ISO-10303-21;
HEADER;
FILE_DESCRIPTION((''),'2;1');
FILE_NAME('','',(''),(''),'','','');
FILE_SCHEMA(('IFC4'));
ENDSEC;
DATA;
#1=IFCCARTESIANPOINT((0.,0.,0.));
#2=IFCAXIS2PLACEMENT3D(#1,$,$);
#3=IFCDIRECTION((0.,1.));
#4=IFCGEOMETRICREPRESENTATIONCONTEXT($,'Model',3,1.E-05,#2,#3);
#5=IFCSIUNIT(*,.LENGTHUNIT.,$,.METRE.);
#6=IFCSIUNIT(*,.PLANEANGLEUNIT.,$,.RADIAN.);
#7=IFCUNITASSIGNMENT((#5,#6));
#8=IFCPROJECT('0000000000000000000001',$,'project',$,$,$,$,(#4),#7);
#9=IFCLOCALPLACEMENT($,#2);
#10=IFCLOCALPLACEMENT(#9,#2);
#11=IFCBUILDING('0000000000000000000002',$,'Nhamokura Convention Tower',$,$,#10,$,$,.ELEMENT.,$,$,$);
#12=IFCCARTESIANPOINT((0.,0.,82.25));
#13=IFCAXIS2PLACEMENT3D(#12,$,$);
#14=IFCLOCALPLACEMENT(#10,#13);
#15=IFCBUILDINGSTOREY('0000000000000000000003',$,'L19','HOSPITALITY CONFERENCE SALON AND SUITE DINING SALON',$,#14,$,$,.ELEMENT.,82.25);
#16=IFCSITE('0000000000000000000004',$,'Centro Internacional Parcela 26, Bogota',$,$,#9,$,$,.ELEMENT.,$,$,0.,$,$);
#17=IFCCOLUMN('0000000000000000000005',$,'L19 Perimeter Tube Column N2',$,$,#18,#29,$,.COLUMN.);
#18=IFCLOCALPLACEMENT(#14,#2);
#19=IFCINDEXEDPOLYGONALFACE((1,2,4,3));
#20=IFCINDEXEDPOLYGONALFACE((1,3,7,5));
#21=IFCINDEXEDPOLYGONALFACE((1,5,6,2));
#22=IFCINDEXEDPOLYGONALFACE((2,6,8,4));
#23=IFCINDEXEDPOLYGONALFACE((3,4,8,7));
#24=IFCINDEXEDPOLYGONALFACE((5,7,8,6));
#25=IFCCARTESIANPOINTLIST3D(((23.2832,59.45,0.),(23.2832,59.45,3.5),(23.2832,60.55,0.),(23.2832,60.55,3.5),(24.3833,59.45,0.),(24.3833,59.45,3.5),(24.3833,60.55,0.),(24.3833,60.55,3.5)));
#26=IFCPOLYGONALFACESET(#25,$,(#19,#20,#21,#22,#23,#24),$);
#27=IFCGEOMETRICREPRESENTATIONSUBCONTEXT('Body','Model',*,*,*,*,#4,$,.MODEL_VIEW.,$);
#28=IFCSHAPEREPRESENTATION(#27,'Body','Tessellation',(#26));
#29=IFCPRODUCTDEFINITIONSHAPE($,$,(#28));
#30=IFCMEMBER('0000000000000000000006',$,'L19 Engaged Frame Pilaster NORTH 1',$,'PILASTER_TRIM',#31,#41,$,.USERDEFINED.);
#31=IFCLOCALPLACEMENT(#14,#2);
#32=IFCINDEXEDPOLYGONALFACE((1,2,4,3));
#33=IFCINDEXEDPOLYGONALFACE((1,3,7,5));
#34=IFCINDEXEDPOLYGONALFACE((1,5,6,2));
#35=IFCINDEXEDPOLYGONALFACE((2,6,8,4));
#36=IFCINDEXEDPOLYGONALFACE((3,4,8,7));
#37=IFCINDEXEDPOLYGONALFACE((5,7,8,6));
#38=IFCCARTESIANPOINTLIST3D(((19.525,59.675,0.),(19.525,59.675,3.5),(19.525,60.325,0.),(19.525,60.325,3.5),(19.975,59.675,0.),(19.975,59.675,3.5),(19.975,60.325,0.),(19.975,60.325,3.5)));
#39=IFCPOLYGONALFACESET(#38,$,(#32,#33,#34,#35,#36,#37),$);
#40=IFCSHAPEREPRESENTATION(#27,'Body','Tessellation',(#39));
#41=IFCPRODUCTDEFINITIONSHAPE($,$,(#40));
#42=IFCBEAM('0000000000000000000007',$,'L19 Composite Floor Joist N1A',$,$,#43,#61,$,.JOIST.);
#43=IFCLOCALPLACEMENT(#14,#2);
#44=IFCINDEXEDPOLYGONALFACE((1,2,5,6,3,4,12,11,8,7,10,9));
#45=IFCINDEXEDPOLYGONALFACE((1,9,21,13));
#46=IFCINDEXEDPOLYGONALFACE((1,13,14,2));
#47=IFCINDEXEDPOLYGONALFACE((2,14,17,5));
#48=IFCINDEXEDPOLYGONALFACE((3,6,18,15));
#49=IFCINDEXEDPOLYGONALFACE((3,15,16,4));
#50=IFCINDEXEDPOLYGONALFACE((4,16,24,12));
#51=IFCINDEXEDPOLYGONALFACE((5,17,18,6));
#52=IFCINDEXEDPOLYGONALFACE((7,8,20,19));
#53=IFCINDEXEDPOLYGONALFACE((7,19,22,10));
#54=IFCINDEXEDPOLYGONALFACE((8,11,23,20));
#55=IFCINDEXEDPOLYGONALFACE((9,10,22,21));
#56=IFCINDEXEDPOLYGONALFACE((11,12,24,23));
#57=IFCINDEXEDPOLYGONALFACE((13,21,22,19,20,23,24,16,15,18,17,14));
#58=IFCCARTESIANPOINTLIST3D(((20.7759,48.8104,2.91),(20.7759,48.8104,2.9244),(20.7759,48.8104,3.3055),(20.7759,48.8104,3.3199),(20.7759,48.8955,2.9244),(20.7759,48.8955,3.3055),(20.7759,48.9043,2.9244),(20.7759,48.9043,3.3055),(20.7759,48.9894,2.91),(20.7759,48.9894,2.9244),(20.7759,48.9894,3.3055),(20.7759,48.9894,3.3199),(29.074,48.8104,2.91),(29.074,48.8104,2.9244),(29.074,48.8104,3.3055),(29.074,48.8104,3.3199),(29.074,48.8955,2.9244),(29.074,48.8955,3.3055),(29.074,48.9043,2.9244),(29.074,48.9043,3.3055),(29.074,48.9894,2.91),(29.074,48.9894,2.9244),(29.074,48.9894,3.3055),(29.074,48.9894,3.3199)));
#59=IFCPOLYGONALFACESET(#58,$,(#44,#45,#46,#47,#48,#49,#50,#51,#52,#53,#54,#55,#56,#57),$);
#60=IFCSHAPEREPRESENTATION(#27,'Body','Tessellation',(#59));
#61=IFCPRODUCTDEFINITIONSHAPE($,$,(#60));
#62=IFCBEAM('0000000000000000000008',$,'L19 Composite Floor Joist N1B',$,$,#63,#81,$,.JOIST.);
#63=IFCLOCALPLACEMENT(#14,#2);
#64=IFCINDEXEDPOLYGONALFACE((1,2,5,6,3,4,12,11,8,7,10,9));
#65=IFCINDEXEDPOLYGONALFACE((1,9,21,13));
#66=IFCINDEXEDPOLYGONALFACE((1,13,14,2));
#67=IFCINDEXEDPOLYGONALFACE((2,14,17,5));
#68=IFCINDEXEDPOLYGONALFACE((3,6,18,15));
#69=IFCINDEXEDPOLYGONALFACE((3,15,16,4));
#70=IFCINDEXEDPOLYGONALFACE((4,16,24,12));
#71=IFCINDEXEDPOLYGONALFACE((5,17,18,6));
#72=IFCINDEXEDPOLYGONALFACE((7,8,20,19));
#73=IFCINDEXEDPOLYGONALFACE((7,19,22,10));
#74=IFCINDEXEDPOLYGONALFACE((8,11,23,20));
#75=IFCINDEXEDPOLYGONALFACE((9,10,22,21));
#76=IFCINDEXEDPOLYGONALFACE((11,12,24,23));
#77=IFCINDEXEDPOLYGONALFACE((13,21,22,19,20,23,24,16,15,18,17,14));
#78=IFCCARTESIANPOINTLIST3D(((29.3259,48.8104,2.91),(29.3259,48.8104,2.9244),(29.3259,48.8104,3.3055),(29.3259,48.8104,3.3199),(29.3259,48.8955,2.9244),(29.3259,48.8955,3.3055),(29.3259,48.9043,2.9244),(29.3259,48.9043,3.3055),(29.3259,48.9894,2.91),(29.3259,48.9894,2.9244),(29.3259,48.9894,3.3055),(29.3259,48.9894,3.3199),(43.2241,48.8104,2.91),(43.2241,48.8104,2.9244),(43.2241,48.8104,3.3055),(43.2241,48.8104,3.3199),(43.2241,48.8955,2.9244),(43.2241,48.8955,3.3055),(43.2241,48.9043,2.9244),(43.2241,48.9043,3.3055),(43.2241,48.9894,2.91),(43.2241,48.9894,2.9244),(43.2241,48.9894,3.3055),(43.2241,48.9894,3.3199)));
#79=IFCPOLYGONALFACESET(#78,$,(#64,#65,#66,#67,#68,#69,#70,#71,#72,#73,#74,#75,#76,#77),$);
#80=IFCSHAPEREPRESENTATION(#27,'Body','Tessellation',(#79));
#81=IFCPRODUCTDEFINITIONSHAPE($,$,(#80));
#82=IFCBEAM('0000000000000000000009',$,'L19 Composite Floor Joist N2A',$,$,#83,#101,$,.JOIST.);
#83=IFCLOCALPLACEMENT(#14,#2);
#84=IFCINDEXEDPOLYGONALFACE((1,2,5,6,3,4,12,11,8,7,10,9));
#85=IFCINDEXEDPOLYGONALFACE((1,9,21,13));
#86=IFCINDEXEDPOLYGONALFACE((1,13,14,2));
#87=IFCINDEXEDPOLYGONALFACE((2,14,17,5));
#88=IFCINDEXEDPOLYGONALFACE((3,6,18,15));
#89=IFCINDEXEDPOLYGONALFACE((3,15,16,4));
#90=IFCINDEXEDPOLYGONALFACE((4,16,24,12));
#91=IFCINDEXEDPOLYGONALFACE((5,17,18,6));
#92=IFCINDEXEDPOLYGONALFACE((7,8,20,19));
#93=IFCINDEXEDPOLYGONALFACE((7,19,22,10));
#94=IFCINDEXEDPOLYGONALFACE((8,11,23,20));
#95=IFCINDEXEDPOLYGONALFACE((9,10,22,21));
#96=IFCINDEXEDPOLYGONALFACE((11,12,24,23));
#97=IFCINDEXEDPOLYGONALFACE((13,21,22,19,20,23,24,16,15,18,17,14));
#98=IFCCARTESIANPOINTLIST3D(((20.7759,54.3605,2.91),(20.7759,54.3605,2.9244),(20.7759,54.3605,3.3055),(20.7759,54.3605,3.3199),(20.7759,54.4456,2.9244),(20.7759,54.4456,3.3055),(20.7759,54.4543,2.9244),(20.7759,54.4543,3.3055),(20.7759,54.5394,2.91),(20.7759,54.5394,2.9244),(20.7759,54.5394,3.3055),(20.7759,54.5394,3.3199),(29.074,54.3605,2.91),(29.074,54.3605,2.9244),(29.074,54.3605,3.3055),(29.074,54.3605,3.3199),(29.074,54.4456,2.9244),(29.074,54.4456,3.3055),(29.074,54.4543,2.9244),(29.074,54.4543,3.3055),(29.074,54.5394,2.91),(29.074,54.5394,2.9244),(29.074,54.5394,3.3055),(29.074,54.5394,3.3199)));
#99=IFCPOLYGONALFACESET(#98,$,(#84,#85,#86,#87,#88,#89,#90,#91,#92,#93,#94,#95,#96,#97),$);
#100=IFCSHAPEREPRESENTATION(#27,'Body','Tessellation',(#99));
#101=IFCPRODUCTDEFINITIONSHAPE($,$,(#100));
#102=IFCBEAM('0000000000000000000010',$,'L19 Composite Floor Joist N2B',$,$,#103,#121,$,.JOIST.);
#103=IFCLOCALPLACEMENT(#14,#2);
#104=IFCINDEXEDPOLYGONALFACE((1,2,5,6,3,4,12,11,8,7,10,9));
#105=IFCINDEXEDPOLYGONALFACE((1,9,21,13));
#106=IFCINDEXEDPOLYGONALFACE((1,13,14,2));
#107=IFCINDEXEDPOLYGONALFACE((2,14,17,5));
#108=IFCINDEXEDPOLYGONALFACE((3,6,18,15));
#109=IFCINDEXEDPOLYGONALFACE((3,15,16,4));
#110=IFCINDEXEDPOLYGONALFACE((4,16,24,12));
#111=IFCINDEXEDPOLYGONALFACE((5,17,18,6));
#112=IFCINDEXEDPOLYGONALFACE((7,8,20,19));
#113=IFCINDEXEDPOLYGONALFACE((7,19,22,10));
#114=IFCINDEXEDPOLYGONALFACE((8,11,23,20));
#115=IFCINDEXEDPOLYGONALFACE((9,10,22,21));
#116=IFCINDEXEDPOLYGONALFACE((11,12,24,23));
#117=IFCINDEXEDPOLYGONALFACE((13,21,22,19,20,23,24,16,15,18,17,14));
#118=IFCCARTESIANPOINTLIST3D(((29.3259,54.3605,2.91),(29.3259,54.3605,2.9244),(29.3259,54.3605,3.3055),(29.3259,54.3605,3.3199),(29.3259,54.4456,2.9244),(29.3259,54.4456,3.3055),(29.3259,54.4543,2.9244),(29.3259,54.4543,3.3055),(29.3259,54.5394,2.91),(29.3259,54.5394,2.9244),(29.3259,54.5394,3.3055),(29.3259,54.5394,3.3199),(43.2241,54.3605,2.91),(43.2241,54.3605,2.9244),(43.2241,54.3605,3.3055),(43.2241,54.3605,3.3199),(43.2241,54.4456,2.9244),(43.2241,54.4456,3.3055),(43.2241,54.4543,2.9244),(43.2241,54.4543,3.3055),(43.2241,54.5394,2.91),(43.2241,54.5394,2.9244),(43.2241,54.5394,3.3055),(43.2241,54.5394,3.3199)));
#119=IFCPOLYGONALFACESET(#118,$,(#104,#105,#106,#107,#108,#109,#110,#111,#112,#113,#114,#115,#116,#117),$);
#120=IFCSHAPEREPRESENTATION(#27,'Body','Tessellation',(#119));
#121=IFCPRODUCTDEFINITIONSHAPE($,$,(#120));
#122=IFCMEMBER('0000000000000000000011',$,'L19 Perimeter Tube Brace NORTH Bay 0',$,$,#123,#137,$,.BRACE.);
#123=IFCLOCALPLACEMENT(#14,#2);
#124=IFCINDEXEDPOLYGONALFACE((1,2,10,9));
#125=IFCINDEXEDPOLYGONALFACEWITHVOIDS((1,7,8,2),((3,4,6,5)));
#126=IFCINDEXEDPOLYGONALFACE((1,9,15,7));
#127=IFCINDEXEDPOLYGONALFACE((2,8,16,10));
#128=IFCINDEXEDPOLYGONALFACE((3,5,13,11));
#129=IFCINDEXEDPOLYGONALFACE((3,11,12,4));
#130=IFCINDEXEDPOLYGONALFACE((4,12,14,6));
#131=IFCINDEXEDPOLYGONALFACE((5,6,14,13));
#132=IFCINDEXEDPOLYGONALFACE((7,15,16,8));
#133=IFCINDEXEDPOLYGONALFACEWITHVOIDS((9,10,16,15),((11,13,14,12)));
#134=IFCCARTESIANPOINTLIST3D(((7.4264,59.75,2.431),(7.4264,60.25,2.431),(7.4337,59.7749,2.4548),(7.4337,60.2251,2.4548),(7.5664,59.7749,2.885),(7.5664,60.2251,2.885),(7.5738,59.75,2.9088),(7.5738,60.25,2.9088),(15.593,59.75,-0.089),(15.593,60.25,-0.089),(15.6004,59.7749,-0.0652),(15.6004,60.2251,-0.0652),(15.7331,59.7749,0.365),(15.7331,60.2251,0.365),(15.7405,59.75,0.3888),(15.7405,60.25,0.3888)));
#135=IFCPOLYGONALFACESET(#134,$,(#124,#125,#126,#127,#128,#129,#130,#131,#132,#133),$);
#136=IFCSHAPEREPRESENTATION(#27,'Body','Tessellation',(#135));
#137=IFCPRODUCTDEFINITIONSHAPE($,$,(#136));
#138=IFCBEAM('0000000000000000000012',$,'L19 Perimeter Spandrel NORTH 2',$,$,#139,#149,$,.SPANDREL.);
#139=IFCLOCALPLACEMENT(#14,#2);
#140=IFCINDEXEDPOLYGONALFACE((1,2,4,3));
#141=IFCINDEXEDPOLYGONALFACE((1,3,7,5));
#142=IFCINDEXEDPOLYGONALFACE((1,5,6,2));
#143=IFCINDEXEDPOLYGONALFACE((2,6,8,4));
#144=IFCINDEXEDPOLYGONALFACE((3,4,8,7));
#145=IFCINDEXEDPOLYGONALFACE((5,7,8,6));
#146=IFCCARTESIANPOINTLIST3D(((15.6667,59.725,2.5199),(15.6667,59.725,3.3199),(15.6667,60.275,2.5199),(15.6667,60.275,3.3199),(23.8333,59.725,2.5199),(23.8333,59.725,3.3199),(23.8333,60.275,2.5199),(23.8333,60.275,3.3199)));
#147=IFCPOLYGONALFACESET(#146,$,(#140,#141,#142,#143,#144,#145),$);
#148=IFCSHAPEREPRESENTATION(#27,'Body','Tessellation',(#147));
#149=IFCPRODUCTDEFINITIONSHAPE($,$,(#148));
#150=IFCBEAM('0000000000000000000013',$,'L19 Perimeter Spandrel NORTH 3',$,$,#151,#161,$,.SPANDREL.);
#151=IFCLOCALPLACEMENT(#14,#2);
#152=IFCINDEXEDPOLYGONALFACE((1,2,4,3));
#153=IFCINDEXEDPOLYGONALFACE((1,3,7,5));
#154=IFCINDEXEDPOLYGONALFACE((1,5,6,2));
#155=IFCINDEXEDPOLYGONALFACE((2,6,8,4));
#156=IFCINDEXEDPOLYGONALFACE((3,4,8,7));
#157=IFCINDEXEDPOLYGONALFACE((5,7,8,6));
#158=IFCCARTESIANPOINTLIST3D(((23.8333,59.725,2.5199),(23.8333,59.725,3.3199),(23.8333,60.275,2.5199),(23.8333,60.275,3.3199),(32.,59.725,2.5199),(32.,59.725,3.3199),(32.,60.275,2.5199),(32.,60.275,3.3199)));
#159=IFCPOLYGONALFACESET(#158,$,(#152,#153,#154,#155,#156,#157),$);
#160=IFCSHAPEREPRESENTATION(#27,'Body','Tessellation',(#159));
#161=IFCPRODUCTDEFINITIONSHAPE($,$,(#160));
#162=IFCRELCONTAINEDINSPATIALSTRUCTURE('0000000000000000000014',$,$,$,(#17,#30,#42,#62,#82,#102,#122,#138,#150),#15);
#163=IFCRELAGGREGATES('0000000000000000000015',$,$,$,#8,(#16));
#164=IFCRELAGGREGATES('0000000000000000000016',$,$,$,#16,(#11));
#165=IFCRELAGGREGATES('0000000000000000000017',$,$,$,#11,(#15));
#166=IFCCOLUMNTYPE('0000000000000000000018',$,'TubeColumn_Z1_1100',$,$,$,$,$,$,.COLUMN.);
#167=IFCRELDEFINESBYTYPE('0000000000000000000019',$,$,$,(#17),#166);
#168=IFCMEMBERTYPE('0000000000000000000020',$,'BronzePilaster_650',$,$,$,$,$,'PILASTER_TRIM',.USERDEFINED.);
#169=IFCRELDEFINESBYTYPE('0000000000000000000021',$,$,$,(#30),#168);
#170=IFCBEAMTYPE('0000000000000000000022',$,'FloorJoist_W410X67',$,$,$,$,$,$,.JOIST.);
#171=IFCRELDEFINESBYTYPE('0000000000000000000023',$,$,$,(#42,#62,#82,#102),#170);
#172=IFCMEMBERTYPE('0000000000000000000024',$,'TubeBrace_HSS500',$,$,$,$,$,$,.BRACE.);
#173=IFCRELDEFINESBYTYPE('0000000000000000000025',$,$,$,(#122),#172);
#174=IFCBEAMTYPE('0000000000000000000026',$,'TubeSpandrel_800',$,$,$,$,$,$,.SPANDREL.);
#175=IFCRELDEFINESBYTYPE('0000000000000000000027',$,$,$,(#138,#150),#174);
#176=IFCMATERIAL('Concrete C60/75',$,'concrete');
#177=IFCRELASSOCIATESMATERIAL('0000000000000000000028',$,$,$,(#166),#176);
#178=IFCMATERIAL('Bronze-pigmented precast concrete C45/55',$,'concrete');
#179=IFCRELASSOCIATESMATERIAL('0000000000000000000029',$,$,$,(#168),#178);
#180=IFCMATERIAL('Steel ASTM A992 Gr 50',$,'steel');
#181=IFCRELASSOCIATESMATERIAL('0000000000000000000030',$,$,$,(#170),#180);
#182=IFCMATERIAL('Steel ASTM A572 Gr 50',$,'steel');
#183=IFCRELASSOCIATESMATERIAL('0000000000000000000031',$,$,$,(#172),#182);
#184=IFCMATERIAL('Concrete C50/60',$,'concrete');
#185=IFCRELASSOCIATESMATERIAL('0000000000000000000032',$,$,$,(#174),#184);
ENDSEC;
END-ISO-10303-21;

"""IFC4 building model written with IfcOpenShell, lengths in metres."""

from ifc_helpers import new_model, si_unit, direction, frame, origin, origin_2d, place, context, subcontext, project, spatial, rectangle, hollow_rectangle, i_section, extrude, material, material_profile, profile_set, type_object, element, save


model = new_model("IFC4")

# Units and contexts
model_context = context("Model", 3, precision=1e-05, world=origin(), true_north=direction((0.0, 1.0)))
body_context = subcontext(model_context, "Body", "Model", "MODEL_VIEW")
ifc_project = project(units=[si_unit("LENGTHUNIT", "METRE"), si_unit("PLANEANGLEUNIT", "RADIAN")], contexts=[model_context])

# Site, building, storey
site_placement = place(None, origin())
site = spatial("IfcSite", under=ifc_project, at=site_placement, Name="Centro Internacional Parcela 26, Bogota", CompositionType="ELEMENT", RefElevation=0.0)
building_placement = place(site_placement, origin())
building = spatial("IfcBuilding", under=site, at=building_placement, Name="Nhamokura Convention Tower", CompositionType="ELEMENT")
storey_placement = place(building_placement, frame((0.0, 0.0, 82.25)))
storey = spatial("IfcBuildingStorey", under=building, at=storey_placement, Name="L19", Description="HOSPITALITY CONFERENCE SALON AND SUITE DINING SALON", CompositionType="ELEMENT", Elevation=82.25)

# Column
ifc_material_1 = material(Name="Concrete C60/75", Category="concrete")
ifc_material_profile_1 = material_profile(ifc_material_1, rectangle(XDim=1.1001, YDim=1.1001, at=origin_2d()))
ifc_profile_set_1 = profile_set([ifc_material_profile_1], Name="Concrete C60/75")
column_type = type_object("IfcColumnType", Name="TubeColumn_Z1_1100", PredefinedType="COLUMN", material=ifc_profile_set_1)
column_placement = place(storey_placement, frame((23.8333, 60.0, 0.0), z_axis=(0.0, 0.0, 1.0), x_axis=(1.0, 0.0, 0.0)))
element("IfcColumn", 1, at=column_placement, inside=storey, type_object=column_type, Name="L19 Perimeter Tube Column N2", PredefinedType="COLUMN", context=body_context, shape_type="SweptSolid", body=[
    extrude(rectangle(XDim=1.1001, YDim=1.1001, at=origin_2d()), origin(), (0.0, 0.0, 1.0), 3.5),
])

# Member
ifc_material_2 = material(Name="Bronze-pigmented precast concrete C45/55", Category="concrete")
ifc_material_profile_2 = material_profile(ifc_material_2, rectangle(XDim=0.45, YDim=0.6499, at=origin_2d()))
ifc_profile_set_2 = profile_set([ifc_material_profile_2], Name="Bronze-pigmented precast concrete C45/55")
member_type_1 = type_object("IfcMemberType", Name="BronzePilaster_650", ElementType="PILASTER_TRIM", PredefinedType="USERDEFINED", material=ifc_profile_set_2)
member_1_placement = place(storey_placement, frame((19.75, 60.0, 0.0), z_axis=(0.0, 0.0, 1.0), x_axis=(1.0, 0.0, 0.0)))
element("IfcMember", 2, at=member_1_placement, inside=storey, type_object=member_type_1, Name="L19 Engaged Frame Pilaster NORTH 1", ObjectType="PILASTER_TRIM", PredefinedType="USERDEFINED", context=body_context, shape_type="SweptSolid", body=[
    extrude(rectangle(XDim=0.45, YDim=0.6499, at=origin_2d()), origin(), (0.0, 0.0, 1.0), 3.5),
])

# Beams
ifc_material_3 = material(Name="Steel ASTM A992 Gr 50", Category="steel")
ifc_material_profile_3 = material_profile(ifc_material_3, i_section(OverallWidth=0.179, OverallDepth=0.4099, WebThickness=0.0088, FlangeThickness=0.0144, at=origin_2d()))
ifc_profile_set_3 = profile_set([ifc_material_profile_3], Name="Steel ASTM A992 Gr 50")
beam_type_1 = type_object("IfcBeamType", Name="FloorJoist_W410X67", PredefinedType="JOIST", material=ifc_profile_set_3)
beam_1_placement = place(storey_placement, frame((20.7759, 48.8999, 3.115), z_axis=(1.0, 0.0, 0.0), x_axis=(0.0, 1.0, 0.0)))
element("IfcBeam", 3, at=beam_1_placement, inside=storey, type_object=beam_type_1, Name="L19 Composite Floor Joist N1A", PredefinedType="JOIST", context=body_context, shape_type="SweptSolid", body=[
    extrude(i_section(OverallWidth=0.179, OverallDepth=0.4099, WebThickness=0.0088, FlangeThickness=0.0144, at=origin_2d()), origin(), (0.0, 0.0, 1.0), 8.2981),
])
beam_2_placement = place(storey_placement, frame((29.3259, 48.8999, 3.115), z_axis=(1.0, 0.0, 0.0), x_axis=(0.0, 1.0, 0.0)))
element("IfcBeam", 4, at=beam_2_placement, inside=storey, type_object=beam_type_1, Name="L19 Composite Floor Joist N1B", PredefinedType="JOIST", context=body_context, shape_type="SweptSolid", body=[
    extrude(i_section(OverallWidth=0.179, OverallDepth=0.4099, WebThickness=0.0088, FlangeThickness=0.0144, at=origin_2d()), origin(), (0.0, 0.0, 1.0), 13.8982),
])
beam_3_placement = place(storey_placement, frame((20.7759, 54.45, 3.115), z_axis=(1.0, 0.0, 0.0), x_axis=(0.0, 1.0, 0.0)))
element("IfcBeam", 5, at=beam_3_placement, inside=storey, type_object=beam_type_1, Name="L19 Composite Floor Joist N2A", PredefinedType="JOIST", context=body_context, shape_type="SweptSolid", body=[
    extrude(i_section(OverallWidth=0.179, OverallDepth=0.4099, WebThickness=0.0088, FlangeThickness=0.0144, at=origin_2d()), origin(), (0.0, 0.0, 1.0), 8.2981),
])
beam_4_placement = place(storey_placement, frame((29.3259, 54.45, 3.115), z_axis=(1.0, 0.0, 0.0), x_axis=(0.0, 1.0, 0.0)))
element("IfcBeam", 6, at=beam_4_placement, inside=storey, type_object=beam_type_1, Name="L19 Composite Floor Joist N2B", PredefinedType="JOIST", context=body_context, shape_type="SweptSolid", body=[
    extrude(i_section(OverallWidth=0.179, OverallDepth=0.4099, WebThickness=0.0088, FlangeThickness=0.0144, at=origin_2d()), origin(), (0.0, 0.0, 1.0), 13.8982),
])

# Member
ifc_material_4 = material(Name="Steel ASTM A572 Gr 50", Category="steel")
ifc_material_profile_4 = material_profile(ifc_material_4, hollow_rectangle(XDim=0.5, YDim=0.5, WallThickness=0.0249, at=origin_2d()))
ifc_profile_set_4 = profile_set([ifc_material_profile_4], Name="Steel ASTM A572 Gr 50")
member_type_2 = type_object("IfcMemberType", Name="TubeBrace_HSS500", PredefinedType="BRACE", material=ifc_profile_set_4)
member_2_placement = place(storey_placement, frame((15.6667, 60.0, 0.1499), z_axis=(-0.955543, 0.0, 0.294853), x_axis=(0.0, -1.0, 0.0)))
element("IfcMember", 7, at=member_2_placement, inside=storey, type_object=member_type_2, Name="L19 Perimeter Tube Brace NORTH Bay 0", PredefinedType="BRACE", context=body_context, shape_type="SweptSolid", body=[
    extrude(hollow_rectangle(XDim=0.5, YDim=0.5, WallThickness=0.0249, at=origin_2d()), origin(), (0.0, 0.0, 1.0), 8.5466),
])

# Beams
ifc_material_5 = material(Name="Concrete C50/60", Category="concrete")
ifc_material_profile_5 = material_profile(ifc_material_5, rectangle(XDim=0.55, YDim=0.8, at=origin_2d()))
ifc_profile_set_5 = profile_set([ifc_material_profile_5], Name="Concrete C50/60")
beam_type_2 = type_object("IfcBeamType", Name="TubeSpandrel_800", PredefinedType="SPANDREL", material=ifc_profile_set_5)
beam_5_placement = place(storey_placement, frame((15.6667, 60.0, 2.9199), z_axis=(1.0, 0.0, 0.0), x_axis=(0.0, 1.0, 0.0)))
element("IfcBeam", 8, at=beam_5_placement, inside=storey, type_object=beam_type_2, Name="L19 Perimeter Spandrel NORTH 2", PredefinedType="SPANDREL", context=body_context, shape_type="SweptSolid", body=[
    extrude(rectangle(XDim=0.55, YDim=0.8, at=origin_2d()), origin(), (0.0, 0.0, 1.0), 8.1665),
])
beam_6_placement = place(storey_placement, frame((23.8333, 60.0, 2.9199), z_axis=(1.0, 0.0, 0.0), x_axis=(0.0, 1.0, 0.0)))
element("IfcBeam", 9, at=beam_6_placement, inside=storey, type_object=beam_type_2, Name="L19 Perimeter Spandrel NORTH 3", PredefinedType="SPANDREL", context=body_context, shape_type="SweptSolid", body=[
    extrude(rectangle(XDim=0.55, YDim=0.8, at=origin_2d()), origin(), (0.0, 0.0, 1.0), 8.1667),
])

save(model, "model.ifc")
